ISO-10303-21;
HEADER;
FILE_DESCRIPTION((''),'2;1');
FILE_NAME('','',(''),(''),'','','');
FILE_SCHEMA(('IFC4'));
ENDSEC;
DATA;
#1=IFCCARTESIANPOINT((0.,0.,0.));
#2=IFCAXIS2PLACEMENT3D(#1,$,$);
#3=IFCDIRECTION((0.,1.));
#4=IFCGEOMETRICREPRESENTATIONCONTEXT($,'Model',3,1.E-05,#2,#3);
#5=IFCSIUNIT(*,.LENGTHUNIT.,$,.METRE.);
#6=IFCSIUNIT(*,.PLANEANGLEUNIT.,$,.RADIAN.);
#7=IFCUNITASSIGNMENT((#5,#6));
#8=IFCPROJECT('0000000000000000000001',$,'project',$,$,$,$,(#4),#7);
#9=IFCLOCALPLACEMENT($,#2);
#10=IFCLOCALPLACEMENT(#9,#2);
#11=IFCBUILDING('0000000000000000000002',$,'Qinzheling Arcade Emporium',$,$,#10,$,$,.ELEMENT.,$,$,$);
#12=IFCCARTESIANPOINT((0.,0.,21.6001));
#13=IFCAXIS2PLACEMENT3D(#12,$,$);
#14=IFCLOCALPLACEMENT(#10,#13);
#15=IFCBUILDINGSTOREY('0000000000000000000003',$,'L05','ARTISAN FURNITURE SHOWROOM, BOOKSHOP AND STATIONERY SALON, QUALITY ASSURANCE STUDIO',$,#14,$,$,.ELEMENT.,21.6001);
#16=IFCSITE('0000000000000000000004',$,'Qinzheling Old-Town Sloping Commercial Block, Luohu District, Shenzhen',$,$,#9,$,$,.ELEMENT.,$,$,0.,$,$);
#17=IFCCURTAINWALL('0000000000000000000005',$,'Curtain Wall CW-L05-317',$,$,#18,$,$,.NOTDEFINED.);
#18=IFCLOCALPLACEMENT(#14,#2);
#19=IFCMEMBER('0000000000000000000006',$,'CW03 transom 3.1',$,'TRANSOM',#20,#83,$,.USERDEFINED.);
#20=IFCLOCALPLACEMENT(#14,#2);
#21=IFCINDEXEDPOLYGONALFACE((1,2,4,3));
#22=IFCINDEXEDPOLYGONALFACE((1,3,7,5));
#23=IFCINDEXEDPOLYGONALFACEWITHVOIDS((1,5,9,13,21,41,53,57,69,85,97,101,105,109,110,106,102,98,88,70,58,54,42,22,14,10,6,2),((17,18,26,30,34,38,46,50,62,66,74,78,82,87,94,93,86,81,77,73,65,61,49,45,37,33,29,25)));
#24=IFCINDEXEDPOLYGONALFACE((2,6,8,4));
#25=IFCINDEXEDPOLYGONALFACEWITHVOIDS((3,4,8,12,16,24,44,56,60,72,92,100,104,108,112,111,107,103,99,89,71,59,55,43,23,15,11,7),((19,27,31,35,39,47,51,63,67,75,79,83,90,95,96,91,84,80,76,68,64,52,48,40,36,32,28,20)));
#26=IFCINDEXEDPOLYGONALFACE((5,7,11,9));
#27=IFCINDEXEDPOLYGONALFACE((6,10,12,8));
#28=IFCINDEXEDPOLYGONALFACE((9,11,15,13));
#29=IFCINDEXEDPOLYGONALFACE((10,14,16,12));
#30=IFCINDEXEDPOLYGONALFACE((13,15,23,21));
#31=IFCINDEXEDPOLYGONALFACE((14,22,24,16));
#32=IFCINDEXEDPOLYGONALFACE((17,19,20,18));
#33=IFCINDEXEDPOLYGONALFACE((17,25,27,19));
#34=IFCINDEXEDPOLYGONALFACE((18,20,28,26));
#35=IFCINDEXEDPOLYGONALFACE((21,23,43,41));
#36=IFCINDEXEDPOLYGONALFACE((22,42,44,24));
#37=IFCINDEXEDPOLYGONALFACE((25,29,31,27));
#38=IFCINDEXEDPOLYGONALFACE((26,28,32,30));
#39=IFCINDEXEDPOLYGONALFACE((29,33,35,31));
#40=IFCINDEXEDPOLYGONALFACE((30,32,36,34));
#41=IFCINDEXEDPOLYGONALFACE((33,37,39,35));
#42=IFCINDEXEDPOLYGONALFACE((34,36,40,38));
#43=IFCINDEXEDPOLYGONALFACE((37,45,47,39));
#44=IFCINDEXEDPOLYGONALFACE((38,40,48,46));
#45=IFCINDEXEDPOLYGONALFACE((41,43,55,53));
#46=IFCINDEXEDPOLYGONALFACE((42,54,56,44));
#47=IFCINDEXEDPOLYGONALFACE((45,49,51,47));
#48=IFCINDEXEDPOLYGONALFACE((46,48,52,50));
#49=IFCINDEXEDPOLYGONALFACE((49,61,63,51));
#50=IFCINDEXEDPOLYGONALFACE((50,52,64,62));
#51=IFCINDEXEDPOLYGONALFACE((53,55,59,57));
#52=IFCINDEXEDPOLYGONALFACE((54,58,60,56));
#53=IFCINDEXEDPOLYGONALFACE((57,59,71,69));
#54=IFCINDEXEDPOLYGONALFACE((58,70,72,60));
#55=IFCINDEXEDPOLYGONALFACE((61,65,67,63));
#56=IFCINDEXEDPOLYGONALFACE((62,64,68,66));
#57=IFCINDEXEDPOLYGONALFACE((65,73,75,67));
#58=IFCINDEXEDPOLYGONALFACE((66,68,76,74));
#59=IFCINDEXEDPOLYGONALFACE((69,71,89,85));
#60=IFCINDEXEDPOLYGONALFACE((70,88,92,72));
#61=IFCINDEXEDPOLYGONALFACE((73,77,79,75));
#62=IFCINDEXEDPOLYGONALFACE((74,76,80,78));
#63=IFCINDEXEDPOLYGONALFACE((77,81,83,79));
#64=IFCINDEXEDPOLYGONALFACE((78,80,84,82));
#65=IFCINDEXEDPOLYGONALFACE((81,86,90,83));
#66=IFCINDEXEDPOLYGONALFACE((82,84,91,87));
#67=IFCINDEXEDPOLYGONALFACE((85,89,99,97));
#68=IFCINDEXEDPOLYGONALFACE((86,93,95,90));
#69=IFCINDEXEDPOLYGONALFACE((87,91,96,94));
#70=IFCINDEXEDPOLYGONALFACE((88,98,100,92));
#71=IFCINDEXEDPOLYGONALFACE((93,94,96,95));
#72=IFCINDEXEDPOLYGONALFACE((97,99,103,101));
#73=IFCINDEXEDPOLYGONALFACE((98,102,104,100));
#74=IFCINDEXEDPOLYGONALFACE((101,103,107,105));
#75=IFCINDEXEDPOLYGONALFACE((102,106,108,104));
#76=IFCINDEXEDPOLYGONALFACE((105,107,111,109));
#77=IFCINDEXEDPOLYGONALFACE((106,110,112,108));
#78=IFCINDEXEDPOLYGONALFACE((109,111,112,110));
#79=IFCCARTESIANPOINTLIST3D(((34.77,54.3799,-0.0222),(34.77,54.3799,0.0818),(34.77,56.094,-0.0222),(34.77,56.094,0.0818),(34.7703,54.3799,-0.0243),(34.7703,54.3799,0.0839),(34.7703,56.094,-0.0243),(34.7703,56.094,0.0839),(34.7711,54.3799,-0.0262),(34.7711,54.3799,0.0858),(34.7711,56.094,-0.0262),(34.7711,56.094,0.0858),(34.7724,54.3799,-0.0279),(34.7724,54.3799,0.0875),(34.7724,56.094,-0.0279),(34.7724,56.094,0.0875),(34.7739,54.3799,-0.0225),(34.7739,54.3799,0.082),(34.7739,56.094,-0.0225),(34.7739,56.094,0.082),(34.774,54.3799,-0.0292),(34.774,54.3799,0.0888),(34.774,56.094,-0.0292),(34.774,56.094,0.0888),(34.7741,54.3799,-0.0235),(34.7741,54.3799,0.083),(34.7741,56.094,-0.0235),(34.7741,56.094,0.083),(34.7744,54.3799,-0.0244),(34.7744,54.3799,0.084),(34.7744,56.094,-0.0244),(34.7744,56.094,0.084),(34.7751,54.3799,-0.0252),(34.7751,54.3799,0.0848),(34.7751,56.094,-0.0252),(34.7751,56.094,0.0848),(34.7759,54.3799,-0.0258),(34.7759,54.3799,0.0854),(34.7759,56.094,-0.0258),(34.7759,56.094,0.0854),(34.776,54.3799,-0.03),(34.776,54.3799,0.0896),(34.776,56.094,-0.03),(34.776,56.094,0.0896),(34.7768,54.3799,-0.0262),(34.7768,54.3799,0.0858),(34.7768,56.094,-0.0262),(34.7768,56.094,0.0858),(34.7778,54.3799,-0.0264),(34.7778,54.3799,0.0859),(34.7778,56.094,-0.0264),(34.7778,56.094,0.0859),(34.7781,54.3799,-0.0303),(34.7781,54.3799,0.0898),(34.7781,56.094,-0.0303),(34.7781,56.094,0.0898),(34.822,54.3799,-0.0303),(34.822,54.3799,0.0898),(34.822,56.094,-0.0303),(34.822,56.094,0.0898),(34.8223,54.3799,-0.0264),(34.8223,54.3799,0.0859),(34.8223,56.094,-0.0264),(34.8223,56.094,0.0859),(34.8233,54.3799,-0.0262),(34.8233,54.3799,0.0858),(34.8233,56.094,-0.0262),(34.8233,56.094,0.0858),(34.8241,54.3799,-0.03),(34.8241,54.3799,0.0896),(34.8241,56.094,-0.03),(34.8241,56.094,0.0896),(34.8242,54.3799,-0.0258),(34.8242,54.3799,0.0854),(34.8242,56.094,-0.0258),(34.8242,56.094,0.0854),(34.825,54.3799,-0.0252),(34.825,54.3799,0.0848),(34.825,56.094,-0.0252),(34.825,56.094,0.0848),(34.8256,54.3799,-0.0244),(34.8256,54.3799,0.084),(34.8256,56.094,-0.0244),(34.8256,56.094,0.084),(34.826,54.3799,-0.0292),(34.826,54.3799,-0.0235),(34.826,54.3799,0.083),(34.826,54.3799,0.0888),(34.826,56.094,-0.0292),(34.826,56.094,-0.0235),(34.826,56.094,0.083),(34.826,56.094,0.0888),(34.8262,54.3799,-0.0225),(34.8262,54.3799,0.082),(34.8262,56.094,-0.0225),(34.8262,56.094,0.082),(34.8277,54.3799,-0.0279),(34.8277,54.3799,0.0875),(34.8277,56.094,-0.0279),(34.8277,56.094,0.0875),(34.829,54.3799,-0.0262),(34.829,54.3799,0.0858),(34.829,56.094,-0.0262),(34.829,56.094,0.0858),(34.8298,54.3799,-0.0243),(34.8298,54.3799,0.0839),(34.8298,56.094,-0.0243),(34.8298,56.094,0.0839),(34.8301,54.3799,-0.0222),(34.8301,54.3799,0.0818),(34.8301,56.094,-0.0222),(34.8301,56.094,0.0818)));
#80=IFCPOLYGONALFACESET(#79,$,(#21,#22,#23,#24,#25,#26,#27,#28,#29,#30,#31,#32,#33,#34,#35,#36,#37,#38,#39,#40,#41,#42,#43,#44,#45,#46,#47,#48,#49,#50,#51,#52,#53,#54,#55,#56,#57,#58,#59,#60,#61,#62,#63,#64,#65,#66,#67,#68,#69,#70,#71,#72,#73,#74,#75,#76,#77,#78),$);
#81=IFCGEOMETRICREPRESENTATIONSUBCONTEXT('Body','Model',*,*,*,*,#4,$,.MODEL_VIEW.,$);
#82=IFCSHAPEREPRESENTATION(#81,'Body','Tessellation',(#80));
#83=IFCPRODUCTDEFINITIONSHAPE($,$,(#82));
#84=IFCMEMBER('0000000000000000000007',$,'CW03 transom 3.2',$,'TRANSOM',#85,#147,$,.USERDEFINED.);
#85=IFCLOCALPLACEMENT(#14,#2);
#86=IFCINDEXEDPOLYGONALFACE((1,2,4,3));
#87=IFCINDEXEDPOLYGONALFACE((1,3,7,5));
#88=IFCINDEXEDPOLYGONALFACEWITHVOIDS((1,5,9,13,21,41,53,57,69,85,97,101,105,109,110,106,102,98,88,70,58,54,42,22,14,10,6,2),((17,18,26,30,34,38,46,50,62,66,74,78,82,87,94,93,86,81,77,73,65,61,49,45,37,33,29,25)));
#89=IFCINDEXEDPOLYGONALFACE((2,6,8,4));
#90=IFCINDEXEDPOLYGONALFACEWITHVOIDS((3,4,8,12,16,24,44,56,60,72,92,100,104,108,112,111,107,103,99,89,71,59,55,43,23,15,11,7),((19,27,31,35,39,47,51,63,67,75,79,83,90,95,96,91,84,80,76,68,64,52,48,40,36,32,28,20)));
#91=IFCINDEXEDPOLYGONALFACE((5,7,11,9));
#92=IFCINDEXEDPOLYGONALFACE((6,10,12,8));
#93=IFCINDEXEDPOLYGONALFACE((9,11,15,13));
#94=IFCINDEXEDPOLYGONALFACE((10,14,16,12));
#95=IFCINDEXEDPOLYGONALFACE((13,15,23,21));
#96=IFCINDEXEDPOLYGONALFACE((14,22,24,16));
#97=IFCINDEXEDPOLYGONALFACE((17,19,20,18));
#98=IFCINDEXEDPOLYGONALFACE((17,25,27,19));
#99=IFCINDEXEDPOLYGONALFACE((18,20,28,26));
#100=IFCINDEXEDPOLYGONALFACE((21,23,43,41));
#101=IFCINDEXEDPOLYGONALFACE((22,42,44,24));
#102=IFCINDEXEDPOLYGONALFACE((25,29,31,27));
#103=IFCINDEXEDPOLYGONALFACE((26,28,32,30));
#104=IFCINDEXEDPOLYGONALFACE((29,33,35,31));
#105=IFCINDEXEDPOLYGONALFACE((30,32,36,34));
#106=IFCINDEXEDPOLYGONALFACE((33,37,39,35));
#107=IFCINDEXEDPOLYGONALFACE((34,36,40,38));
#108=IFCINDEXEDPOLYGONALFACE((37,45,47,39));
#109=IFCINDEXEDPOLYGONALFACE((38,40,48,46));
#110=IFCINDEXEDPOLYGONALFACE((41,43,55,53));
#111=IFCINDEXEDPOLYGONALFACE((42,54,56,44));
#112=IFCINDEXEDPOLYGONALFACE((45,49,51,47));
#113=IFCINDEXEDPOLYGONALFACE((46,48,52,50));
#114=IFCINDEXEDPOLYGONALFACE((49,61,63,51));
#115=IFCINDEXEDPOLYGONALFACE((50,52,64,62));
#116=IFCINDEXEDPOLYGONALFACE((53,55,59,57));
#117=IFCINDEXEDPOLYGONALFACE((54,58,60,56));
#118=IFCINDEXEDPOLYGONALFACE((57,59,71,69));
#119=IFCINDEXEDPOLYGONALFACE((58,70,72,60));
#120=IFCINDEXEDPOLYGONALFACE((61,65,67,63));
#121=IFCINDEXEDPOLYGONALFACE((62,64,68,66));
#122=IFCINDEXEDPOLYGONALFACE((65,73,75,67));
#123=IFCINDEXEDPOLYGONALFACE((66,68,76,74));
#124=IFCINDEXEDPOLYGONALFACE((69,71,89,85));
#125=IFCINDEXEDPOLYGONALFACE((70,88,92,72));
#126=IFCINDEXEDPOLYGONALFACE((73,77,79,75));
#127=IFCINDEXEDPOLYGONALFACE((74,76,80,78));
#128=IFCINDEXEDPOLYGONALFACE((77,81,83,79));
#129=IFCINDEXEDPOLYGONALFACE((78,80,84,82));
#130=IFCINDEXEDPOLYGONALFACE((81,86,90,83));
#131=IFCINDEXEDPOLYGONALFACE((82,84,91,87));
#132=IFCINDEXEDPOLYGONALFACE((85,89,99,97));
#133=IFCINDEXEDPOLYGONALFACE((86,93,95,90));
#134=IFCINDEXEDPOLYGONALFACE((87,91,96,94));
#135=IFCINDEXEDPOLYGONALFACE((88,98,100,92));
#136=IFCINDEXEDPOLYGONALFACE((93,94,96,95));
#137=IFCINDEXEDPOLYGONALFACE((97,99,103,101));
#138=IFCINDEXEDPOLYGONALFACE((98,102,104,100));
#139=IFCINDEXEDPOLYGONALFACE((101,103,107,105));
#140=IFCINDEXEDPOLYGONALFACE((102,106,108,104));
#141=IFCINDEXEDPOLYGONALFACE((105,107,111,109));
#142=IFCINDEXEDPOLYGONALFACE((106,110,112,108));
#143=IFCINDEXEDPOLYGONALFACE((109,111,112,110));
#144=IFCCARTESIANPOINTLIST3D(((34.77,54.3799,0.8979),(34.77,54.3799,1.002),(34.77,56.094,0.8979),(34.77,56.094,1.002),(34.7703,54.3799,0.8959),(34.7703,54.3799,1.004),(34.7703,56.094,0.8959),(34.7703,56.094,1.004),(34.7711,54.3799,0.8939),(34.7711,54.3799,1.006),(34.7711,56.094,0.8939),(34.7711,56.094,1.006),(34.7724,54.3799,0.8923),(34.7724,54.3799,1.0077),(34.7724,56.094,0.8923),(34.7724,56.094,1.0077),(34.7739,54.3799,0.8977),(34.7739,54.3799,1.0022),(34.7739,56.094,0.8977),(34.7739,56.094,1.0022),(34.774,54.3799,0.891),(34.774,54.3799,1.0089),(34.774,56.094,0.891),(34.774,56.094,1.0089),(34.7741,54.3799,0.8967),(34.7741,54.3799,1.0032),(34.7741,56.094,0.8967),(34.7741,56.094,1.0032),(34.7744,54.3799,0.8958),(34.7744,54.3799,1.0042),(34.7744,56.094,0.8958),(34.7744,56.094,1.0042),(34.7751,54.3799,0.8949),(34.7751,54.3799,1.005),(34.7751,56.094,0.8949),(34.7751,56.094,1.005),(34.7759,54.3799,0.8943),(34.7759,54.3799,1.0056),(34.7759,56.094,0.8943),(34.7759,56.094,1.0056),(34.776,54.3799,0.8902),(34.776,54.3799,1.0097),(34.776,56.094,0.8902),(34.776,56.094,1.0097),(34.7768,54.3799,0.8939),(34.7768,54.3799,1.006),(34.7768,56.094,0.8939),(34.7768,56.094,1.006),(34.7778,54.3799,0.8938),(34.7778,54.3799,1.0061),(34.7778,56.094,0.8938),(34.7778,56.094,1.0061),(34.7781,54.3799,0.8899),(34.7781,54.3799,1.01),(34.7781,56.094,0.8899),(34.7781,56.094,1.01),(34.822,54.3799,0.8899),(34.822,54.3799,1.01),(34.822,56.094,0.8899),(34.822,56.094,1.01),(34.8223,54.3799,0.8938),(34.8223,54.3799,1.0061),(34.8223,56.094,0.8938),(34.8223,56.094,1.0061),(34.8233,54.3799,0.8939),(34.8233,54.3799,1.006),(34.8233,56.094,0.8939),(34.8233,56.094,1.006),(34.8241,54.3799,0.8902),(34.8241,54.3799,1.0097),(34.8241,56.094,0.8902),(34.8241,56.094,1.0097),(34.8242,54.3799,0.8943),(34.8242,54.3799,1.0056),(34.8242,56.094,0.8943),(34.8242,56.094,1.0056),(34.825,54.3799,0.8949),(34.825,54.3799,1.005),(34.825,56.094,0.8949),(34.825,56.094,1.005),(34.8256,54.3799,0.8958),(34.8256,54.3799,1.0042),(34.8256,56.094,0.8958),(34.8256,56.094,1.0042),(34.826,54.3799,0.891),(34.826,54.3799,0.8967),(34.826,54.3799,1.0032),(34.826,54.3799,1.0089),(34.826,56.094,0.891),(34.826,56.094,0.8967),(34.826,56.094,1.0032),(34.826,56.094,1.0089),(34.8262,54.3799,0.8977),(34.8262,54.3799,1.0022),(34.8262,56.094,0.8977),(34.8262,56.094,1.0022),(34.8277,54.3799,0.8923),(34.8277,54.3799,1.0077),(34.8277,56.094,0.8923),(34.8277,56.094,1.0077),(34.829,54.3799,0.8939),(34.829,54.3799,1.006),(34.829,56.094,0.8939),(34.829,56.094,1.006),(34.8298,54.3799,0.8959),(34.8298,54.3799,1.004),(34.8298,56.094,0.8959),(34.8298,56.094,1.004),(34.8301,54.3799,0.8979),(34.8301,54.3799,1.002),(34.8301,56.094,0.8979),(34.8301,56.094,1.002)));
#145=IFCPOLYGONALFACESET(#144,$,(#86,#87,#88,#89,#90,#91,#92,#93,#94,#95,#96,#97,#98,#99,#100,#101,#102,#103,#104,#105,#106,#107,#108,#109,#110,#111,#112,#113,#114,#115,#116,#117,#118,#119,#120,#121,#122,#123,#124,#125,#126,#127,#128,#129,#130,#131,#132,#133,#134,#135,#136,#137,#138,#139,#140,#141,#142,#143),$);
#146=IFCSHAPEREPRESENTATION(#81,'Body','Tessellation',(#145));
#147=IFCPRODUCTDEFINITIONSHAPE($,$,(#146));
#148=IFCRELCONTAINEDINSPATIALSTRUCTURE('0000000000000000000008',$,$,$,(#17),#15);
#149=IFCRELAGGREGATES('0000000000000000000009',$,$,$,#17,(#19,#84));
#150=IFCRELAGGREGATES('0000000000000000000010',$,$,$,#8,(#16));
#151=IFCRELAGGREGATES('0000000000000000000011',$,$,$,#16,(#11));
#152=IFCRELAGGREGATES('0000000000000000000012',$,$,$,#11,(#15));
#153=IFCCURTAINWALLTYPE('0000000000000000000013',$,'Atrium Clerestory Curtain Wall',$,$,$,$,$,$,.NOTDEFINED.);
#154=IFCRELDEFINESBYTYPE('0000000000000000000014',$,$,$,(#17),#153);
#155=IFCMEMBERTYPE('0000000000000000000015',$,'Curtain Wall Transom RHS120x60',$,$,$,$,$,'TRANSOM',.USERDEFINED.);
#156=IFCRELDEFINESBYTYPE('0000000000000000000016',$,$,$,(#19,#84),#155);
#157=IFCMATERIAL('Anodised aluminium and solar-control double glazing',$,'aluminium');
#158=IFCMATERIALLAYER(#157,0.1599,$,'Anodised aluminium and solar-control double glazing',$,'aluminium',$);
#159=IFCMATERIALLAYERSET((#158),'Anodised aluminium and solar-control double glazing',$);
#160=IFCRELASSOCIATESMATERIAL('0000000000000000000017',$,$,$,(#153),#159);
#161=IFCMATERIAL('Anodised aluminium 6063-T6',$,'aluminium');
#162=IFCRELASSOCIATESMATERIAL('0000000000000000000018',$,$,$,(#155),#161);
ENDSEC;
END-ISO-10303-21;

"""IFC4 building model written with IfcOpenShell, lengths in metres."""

from ifc_helpers import new_model, si_unit, direction, frame, origin, origin_2d, place, context, subcontext, project, spatial, hollow_rectangle, extrude, material, layer, layer_set, material_profile, profile_set, type_object, element, aggregate, save


model = new_model("IFC4")

# Units and contexts
model_context = context("Model", 3, precision=1e-05, world=origin(), true_north=direction((0.0, 1.0)))
body_context = subcontext(model_context, "Body", "Model", "MODEL_VIEW")
ifc_project = project(units=[si_unit("LENGTHUNIT", "METRE"), si_unit("PLANEANGLEUNIT", "RADIAN")], contexts=[model_context])

# Site, building, storey
site_placement = place(None, origin())
site = spatial("IfcSite", under=ifc_project, at=site_placement, Name="Qinzheling Old-Town Sloping Commercial Block, Luohu District, Shenzhen", CompositionType="ELEMENT", RefElevation=0.0)
building_placement = place(site_placement, origin())
building = spatial("IfcBuilding", under=site, at=building_placement, Name="Qinzheling Arcade Emporium", CompositionType="ELEMENT")
storey_placement = place(building_placement, frame((0.0, 0.0, 21.6001)))
storey = spatial("IfcBuildingStorey", under=building, at=storey_placement, Name="L05", Description="ARTISAN FURNITURE SHOWROOM, BOOKSHOP AND STATIONERY SALON, QUALITY ASSURANCE STUDIO", CompositionType="ELEMENT", Elevation=21.6001)

# Curtain wall
ifc_material_1 = material(Name="Anodised aluminium and solar-control double glazing", Category="aluminium")
ifc_layer_1 = layer(ifc_material_1, 0.1599, Name="Anodised aluminium and solar-control double glazing", Category="aluminium")
ifc_layer_set_1 = layer_set([ifc_layer_1], Name="Anodised aluminium and solar-control double glazing")
curtain_wall_type = type_object("IfcCurtainWallType", Name="Atrium Clerestory Curtain Wall", PredefinedType="NOTDEFINED", material=ifc_layer_set_1)
curtain_wall_1_placement = place(storey_placement, origin())
curtain_wall_1 = element("IfcCurtainWall", 1, at=curtain_wall_1_placement, inside=storey, type_object=curtain_wall_type, Name="Curtain Wall CW-L05-317", PredefinedType="NOTDEFINED")
ifc_material_2 = material(Name="Anodised aluminium 6063-T6", Category="aluminium")

# Members
ifc_material_profile_1 = material_profile(ifc_material_2, hollow_rectangle(XDim=0.0601, YDim=0.1201, WallThickness=0.0039, InnerFilletRadius=0.0039, OuterFilletRadius=0.0081, at=origin_2d()), Name="RHS 120x60x4", Category="aluminium")
ifc_profile_set_1 = profile_set([ifc_material_profile_1], Name="Anodised aluminium 6063-T6")
member_type_1 = type_object("IfcMemberType", Name="Curtain Wall Transom RHS120x60", ElementType="TRANSOM", PredefinedType="USERDEFINED", material=ifc_profile_set_1)
member_1_placement = place(storey_placement, frame((34.8, 54.3799, 0.0298), z_axis=(0.0, 1.0, 0.0), x_axis=(-1.0, 0.0, 0.0)))
member_1 = element("IfcMember", 2, at=member_1_placement, type_object=member_type_1, Name="CW03 transom 3.1", ObjectType="TRANSOM", PredefinedType="USERDEFINED", context=body_context, shape_type="SweptSolid", body=[
    extrude(hollow_rectangle(XDim=0.0601, YDim=0.1201, WallThickness=0.0039, InnerFilletRadius=0.0039, OuterFilletRadius=0.0081, at=origin_2d()), origin(), (0.0, 0.0, 1.0), 1.7141),
])
member_2_placement = place(storey_placement, frame((34.8, 54.3799, 0.95), z_axis=(0.0, 1.0, 0.0), x_axis=(-1.0, 0.0, 0.0)))
member_2 = element("IfcMember", 3, at=member_2_placement, type_object=member_type_1, Name="CW03 transom 3.2", ObjectType="TRANSOM", PredefinedType="USERDEFINED", context=body_context, shape_type="SweptSolid", body=[
    extrude(hollow_rectangle(XDim=0.0601, YDim=0.1201, WallThickness=0.0039, InnerFilletRadius=0.0039, OuterFilletRadius=0.0081, at=origin_2d()), origin(), (0.0, 0.0, 1.0), 1.7141),
])

aggregate(curtain_wall_1, [member_1, member_2])

save(model, "model.ifc")
